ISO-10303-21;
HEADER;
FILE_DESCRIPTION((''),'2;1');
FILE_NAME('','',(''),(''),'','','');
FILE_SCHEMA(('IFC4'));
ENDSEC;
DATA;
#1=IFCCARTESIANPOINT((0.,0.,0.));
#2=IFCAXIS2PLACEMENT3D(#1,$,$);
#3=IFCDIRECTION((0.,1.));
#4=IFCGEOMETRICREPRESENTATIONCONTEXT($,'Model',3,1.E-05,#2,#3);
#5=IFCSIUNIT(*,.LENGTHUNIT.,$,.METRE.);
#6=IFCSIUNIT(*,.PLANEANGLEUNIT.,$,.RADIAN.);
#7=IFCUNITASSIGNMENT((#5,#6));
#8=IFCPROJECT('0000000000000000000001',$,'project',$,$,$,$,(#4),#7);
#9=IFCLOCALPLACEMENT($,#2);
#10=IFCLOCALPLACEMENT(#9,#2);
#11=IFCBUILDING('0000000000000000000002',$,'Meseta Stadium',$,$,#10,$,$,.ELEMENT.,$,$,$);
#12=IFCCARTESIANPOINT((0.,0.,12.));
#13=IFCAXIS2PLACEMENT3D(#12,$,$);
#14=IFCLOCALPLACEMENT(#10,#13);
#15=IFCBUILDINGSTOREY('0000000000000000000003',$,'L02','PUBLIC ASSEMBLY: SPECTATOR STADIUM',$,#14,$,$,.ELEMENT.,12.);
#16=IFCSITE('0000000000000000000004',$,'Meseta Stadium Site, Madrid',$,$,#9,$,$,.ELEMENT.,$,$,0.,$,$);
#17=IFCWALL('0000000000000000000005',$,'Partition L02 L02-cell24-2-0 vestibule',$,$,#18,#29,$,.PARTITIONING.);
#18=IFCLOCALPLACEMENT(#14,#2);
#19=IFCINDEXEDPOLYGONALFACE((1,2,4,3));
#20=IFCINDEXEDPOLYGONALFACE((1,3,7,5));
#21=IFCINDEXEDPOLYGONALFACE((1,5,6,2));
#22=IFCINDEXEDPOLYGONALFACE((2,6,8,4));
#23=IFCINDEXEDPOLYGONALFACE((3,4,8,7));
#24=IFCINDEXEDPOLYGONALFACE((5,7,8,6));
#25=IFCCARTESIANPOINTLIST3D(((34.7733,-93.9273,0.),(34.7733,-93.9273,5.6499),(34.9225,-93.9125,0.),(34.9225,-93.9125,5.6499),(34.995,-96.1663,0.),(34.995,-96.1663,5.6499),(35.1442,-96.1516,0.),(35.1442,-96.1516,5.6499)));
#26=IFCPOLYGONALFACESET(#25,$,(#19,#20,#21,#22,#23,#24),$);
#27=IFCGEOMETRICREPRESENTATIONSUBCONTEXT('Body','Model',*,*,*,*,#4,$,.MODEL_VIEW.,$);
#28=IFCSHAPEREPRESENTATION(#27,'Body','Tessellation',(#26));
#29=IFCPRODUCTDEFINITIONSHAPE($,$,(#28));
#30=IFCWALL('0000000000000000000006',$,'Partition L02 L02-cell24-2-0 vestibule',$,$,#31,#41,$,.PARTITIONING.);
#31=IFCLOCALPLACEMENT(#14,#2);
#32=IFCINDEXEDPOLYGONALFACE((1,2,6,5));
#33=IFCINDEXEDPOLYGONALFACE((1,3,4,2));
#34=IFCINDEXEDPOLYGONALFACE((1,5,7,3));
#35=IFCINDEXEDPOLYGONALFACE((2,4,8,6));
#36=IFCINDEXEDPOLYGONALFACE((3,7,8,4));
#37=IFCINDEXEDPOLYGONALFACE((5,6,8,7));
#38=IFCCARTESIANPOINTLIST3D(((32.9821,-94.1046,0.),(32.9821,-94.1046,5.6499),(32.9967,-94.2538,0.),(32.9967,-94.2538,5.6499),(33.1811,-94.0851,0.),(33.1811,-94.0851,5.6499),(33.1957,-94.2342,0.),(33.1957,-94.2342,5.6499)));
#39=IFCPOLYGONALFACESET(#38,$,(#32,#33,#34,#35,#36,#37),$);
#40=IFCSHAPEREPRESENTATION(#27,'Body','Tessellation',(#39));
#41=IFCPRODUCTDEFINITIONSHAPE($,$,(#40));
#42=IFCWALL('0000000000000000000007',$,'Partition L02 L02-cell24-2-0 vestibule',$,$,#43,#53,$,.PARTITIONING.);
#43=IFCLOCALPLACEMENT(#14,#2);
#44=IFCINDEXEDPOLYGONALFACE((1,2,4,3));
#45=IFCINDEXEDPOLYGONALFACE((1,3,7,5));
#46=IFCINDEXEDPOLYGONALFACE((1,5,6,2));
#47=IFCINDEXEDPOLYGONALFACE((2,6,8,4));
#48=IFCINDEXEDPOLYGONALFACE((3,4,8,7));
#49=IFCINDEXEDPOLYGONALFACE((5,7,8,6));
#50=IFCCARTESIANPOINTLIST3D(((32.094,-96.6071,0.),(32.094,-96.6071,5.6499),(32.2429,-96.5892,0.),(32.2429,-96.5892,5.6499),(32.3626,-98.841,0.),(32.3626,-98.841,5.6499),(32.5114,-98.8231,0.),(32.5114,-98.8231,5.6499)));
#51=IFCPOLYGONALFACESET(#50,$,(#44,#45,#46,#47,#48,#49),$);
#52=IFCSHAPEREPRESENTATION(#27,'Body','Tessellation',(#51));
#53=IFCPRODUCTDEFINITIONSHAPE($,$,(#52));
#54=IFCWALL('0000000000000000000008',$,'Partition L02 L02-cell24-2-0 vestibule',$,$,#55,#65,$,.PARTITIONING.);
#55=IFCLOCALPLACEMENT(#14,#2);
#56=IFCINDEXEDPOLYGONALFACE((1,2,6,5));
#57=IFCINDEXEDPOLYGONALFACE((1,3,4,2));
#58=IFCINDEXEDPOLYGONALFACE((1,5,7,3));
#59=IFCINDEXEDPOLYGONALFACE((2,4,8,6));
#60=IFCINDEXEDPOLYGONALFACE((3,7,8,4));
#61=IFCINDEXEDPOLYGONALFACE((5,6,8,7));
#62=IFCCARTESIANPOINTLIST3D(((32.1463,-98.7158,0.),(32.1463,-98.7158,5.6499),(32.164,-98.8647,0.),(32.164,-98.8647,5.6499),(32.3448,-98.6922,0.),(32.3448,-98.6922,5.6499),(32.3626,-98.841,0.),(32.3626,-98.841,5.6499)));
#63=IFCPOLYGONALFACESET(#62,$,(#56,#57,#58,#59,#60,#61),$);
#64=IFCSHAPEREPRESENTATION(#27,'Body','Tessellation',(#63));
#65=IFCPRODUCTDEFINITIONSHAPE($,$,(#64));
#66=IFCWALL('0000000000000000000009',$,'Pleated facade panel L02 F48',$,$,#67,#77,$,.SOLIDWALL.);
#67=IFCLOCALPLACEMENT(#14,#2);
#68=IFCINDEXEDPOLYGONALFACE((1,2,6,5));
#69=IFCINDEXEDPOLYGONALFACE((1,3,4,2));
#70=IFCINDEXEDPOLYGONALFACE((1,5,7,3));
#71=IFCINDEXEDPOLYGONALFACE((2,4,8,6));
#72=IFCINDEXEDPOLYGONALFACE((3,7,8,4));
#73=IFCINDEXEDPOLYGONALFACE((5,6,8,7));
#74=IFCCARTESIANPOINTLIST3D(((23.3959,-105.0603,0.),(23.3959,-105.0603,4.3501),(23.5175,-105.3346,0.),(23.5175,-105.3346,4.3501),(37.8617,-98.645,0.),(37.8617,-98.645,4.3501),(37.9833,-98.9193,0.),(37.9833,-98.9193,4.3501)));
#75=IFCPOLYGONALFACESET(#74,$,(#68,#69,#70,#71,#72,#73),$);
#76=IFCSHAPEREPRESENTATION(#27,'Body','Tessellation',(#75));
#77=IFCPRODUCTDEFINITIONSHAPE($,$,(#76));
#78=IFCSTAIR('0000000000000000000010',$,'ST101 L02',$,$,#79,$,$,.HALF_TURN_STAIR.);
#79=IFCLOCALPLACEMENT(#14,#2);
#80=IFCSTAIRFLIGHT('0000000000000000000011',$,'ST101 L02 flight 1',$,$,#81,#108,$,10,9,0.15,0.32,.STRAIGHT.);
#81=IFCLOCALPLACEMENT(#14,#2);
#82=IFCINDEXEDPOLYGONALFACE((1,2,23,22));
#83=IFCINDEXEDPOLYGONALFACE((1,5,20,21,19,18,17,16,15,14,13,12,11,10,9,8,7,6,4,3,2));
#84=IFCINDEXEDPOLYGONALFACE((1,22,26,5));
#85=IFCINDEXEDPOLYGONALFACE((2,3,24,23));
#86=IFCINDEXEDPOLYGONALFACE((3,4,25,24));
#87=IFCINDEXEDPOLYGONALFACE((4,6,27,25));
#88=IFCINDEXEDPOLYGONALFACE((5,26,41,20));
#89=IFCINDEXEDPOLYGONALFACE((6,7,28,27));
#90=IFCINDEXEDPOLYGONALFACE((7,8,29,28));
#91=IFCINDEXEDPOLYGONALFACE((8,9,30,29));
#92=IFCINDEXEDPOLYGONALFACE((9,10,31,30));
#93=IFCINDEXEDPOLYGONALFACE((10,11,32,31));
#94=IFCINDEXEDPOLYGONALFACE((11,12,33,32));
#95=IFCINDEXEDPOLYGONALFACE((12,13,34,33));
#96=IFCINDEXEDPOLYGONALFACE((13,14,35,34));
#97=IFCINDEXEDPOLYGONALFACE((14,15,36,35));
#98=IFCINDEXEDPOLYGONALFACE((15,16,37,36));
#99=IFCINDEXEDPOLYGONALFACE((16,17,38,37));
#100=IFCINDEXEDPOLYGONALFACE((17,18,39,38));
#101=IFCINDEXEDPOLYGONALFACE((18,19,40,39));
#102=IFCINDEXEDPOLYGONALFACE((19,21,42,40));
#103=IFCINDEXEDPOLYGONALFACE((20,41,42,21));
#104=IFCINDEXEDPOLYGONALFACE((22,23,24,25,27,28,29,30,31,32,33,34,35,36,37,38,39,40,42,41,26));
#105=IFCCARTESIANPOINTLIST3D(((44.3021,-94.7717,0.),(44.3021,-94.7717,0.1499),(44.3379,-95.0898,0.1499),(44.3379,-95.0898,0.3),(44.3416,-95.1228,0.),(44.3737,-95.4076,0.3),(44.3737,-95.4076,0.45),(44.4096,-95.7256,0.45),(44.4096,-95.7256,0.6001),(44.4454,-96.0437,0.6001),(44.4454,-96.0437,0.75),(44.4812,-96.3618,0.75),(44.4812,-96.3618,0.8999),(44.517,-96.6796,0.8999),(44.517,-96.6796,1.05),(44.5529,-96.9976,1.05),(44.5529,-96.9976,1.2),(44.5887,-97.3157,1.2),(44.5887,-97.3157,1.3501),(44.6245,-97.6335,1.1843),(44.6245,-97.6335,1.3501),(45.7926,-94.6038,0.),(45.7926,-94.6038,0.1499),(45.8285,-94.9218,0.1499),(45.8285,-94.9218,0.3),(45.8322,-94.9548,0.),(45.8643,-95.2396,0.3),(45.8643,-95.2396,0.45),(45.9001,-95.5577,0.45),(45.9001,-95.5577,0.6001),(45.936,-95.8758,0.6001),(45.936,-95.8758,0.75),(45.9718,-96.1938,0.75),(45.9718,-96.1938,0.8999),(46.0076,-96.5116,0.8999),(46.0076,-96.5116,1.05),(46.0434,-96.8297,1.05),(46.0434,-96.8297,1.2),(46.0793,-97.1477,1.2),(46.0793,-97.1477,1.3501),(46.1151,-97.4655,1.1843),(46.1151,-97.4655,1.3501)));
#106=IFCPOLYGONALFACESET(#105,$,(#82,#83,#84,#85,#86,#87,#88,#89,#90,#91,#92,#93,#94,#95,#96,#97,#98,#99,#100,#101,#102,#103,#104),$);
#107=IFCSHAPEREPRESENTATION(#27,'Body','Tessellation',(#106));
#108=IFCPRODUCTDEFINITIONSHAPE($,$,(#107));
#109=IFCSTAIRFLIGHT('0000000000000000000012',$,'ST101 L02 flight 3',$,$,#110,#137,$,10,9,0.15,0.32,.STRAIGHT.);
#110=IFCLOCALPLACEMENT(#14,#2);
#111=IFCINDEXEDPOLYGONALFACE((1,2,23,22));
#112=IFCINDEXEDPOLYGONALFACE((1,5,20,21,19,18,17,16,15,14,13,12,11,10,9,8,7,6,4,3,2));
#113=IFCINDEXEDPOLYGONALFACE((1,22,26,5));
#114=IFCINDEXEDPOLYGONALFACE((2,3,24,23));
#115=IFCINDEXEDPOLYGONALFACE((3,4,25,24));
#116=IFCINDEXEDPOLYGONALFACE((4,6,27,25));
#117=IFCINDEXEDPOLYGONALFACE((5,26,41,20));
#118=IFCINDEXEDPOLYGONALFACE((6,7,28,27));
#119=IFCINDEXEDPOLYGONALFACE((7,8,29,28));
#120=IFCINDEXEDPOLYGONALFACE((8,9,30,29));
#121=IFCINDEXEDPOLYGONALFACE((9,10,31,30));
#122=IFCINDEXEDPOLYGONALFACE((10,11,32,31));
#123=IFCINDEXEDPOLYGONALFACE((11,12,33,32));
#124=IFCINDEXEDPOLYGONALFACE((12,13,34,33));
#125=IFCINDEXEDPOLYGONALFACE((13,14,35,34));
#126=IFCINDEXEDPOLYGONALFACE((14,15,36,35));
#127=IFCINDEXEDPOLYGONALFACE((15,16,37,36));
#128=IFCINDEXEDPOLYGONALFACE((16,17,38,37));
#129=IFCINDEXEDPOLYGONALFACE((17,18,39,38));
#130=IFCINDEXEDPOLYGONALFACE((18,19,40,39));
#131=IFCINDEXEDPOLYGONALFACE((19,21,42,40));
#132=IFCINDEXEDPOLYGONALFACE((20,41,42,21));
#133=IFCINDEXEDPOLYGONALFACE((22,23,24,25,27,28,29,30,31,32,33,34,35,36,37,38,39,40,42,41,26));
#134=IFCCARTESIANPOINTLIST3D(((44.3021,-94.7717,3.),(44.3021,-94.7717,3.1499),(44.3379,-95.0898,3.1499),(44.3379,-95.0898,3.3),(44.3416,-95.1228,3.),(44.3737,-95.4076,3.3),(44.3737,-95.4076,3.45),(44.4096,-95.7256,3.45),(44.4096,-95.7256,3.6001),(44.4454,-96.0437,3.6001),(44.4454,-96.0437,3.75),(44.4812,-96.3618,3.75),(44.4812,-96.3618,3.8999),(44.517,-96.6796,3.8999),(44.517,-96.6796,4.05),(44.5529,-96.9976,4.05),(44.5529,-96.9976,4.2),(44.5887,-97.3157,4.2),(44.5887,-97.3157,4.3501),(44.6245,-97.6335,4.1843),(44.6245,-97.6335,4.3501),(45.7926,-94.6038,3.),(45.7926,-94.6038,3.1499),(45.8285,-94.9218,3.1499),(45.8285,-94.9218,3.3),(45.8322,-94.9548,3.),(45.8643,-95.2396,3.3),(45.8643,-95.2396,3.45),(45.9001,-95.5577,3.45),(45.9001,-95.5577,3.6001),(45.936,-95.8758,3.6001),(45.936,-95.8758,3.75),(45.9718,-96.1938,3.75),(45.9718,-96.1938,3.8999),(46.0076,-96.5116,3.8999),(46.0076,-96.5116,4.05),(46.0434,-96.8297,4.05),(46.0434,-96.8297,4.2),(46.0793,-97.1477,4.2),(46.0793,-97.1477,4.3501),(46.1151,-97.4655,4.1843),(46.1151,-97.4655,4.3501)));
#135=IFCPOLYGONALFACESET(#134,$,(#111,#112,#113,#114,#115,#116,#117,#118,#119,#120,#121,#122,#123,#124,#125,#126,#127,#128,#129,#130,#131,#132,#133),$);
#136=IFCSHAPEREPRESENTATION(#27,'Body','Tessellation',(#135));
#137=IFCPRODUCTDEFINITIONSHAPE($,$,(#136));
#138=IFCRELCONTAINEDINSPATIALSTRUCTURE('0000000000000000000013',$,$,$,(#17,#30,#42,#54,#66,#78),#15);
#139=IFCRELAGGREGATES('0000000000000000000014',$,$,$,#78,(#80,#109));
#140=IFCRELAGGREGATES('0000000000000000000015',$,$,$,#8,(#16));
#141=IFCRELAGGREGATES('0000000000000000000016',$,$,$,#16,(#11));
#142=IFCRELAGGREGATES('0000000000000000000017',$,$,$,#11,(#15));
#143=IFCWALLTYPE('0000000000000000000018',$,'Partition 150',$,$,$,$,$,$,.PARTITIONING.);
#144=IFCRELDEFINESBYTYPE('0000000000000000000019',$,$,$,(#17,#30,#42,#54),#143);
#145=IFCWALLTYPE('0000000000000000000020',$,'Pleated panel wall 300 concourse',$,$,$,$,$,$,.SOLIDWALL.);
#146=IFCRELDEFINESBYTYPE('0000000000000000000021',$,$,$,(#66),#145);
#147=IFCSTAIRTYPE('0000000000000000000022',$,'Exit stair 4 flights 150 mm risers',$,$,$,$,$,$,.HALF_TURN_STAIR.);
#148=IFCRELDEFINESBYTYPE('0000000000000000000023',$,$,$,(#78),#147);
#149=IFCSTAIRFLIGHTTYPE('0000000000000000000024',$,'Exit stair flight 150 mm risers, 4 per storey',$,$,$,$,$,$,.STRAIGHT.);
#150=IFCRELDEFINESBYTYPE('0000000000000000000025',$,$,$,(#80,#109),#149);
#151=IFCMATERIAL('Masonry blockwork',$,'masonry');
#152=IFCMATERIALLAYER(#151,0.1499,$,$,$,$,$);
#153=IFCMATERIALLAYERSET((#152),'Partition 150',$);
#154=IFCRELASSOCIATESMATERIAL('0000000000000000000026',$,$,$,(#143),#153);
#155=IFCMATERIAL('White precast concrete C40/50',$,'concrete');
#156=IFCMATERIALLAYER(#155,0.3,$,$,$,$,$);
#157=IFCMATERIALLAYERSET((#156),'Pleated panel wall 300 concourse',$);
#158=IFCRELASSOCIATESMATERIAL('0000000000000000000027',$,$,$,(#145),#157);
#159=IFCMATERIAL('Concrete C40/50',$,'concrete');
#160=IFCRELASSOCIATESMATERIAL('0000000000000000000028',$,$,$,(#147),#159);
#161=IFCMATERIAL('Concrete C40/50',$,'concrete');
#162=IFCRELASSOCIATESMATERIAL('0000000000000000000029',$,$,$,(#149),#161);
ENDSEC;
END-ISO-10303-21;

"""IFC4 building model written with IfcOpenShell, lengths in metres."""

from ifc_helpers import new_model, si_unit, direction, frame, frame_2d, origin, place, context, subcontext, project, spatial, polyline, rectangle, outline, extrude, material, layer, layer_set, type_object, element, aggregate, save


model = new_model("IFC4")

# Units and contexts
model_context = context("Model", 3, precision=1e-05, world=origin(), true_north=direction((0.0, 1.0)))
body_context = subcontext(model_context, "Body", "Model", "MODEL_VIEW")
ifc_project = project(units=[si_unit("LENGTHUNIT", "METRE"), si_unit("PLANEANGLEUNIT", "RADIAN")], contexts=[model_context])

# Site, building, storey
site_placement = place(None, origin())
site = spatial("IfcSite", under=ifc_project, at=site_placement, Name="Meseta Stadium Site, Madrid", CompositionType="ELEMENT", RefElevation=0.0)
building_placement = place(site_placement, origin())
building = spatial("IfcBuilding", under=site, at=building_placement, Name="Meseta Stadium", CompositionType="ELEMENT")
storey_placement = place(building_placement, frame((0.0, 0.0, 12.0)))
storey = spatial("IfcBuildingStorey", under=building, at=storey_placement, Name="L02", Description="PUBLIC ASSEMBLY: SPECTATOR STADIUM", CompositionType="ELEMENT", Elevation=12.0)

# Shared definitions
ifc_material_1 = material(Name="Masonry blockwork", Category="masonry")
ifc_layer_1 = layer(ifc_material_1, 0.1499)
ifc_layer_set_1 = layer_set([ifc_layer_1], Name="Partition 150")
wall_type_1 = type_object("IfcWallType", Name="Partition 150", PredefinedType="PARTITIONING", material=ifc_layer_set_1)

# Walls
for number, where, z_axis, x_axis, name in (
    (1, (35.0696, -96.1589, 0.0), (0.0, 0.0, 1.0), (-0.098526, 0.995134, 0.0), "Partition L02 L02-cell24-2-0 vestibule"),
):
    element("IfcWall", number, at=place(storey_placement, frame(where, z_axis=z_axis, x_axis=x_axis)), inside=storey, type_object=wall_type_1, Name=name, PredefinedType="PARTITIONING", context=body_context, shape_type="SweptSolid", body=[
        extrude(rectangle(XDim=2.25, YDim=0.1499, at=frame_2d((1.125, 0.0))), origin(), (0.0, 0.0, 1.0), 5.6499),
    ])
wall_1_placement = place(storey_placement, frame((32.9893, -94.1792, 0.0), z_axis=(0.0, 0.0, 1.0), x_axis=(0.995217, 0.09769, 0.0)))
element("IfcWall", 2, at=wall_1_placement, inside=storey, type_object=wall_type_1, Name="Partition L02 L02-cell24-2-0 vestibule", PredefinedType="PARTITIONING", context=body_context, shape_type="SweptSolid", body=[
    extrude(rectangle(XDim=0.2, YDim=0.1499, at=frame_2d((0.1001, 0.0))), origin(), (0.0, 0.0, 1.0), 5.6499),
])
wall_2_placement = place(storey_placement, frame((32.1685, -96.5981, 0.0), z_axis=(0.0, 0.0, 1.0), x_axis=(0.119359, -0.992851, 0.0)))
element("IfcWall", 3, at=wall_2_placement, inside=storey, type_object=wall_type_1, Name="Partition L02 L02-cell24-2-0 vestibule", PredefinedType="PARTITIONING", context=body_context, shape_type="SweptSolid", body=[
    extrude(rectangle(XDim=2.25, YDim=0.1499, at=frame_2d((1.125, 0.0))), origin(), (0.0, 0.0, 1.0), 5.6499),
])
wall_3_placement = place(storey_placement, frame((32.155, -98.7903, 0.0), z_axis=(0.0, 0.0, 1.0), x_axis=(0.992958, 0.118471, 0.0)))
element("IfcWall", 4, at=wall_3_placement, inside=storey, type_object=wall_type_1, Name="Partition L02 L02-cell24-2-0 vestibule", PredefinedType="PARTITIONING", context=body_context, shape_type="SweptSolid", body=[
    extrude(rectangle(XDim=0.2, YDim=0.1499, at=frame_2d((0.1001, 0.0))), origin(), (0.0, 0.0, 1.0), 5.6499),
])
ifc_material_2 = material(Name="White precast concrete C40/50", Category="concrete")
ifc_layer_2 = layer(ifc_material_2, 0.3)
ifc_layer_set_2 = layer_set([ifc_layer_2], Name="Pleated panel wall 300 concourse")
wall_type_2 = type_object("IfcWallType", Name="Pleated panel wall 300 concourse", PredefinedType="SOLIDWALL", material=ifc_layer_set_2)
wall_4_placement = place(storey_placement, frame((37.9224, -98.7822, 0.0), z_axis=(0.0, 0.0, 1.0), x_axis=(-0.914139, -0.405401, 0.0)))
element("IfcWall", 5, at=wall_4_placement, inside=storey, type_object=wall_type_2, Name="Pleated facade panel L02 F48", PredefinedType="SOLIDWALL", context=body_context, shape_type="SweptSolid", body=[
    extrude(rectangle(XDim=15.8245, YDim=0.3, at=frame_2d((7.9121, 0.0))), origin(), (0.0, 0.0, 1.0), 4.3501),
])

# Stair, stair flights
ifc_material_3 = material(Name="Concrete C40/50", Category="concrete")
stair_type = type_object("IfcStairType", Name="Exit stair 4 flights 150 mm risers", PredefinedType="HALF_TURN_STAIR", material=ifc_material_3)
stair_placement = place(storey_placement, origin())
stair = element("IfcStair", 6, at=stair_placement, inside=storey, type_object=stair_type, Name="ST101 L02", PredefinedType="HALF_TURN_STAIR")
ifc_material_4 = material(Name="Concrete C40/50", Category="concrete")
stair_flight_type = type_object("IfcStairFlightType", Name="Exit stair flight 150 mm risers, 4 per storey", PredefinedType="STRAIGHT", material=ifc_material_4)
stair_flight_1_placement = place(storey_placement, frame((45.0474, -94.6877, 0.0), z_axis=(0.0, 0.0, 1.0), x_axis=(0.111964, -0.993712, 0.0)))
stair_flight_1 = element("IfcStairFlight", 7, at=stair_flight_1_placement, type_object=stair_flight_type, Name="ST101 L02 flight 1", NumberOfRisers=10, NumberOfTreads=9, PredefinedType="STRAIGHT", RiserHeight=0.15, TreadLength=0.32, context=body_context, shape_type="SweptSolid", body=[
    extrude(outline(polyline([(0.0, 0.0), (0.0, 0.1499), (0.3201, 0.1499), (0.3201, 0.3), (0.6399, 0.3), (0.6399, 0.45), (0.96, 0.45), (0.96, 0.6001), (1.28, 0.6001), (1.28, 0.75), (1.6001, 0.75), (1.6001, 0.8999), (1.9199, 0.8999), (1.9199, 1.05), (2.24, 1.05), (2.24, 1.2), (2.5601, 1.2), (2.5601, 1.3501), (2.8799, 1.3501), (2.8799, 1.1843), (0.3533, 0.0), (0.0, 0.0)])), frame((0.0, 0.75, 0.0), z_axis=(0.0, -1.0, 0.0), x_axis=(1.0, 0.0, 0.0)), (0.0, 0.0, 1.0), 1.5),
])
stair_flight_2_placement = place(storey_placement, frame((45.0474, -94.6877, 3.0), z_axis=(0.0, 0.0, 1.0), x_axis=(0.111964, -0.993712, 0.0)))
stair_flight_2 = element("IfcStairFlight", 8, at=stair_flight_2_placement, type_object=stair_flight_type, Name="ST101 L02 flight 3", NumberOfRisers=10, NumberOfTreads=9, PredefinedType="STRAIGHT", RiserHeight=0.15, TreadLength=0.32, context=body_context, shape_type="SweptSolid", body=[
    extrude(outline(polyline([(0.0, 0.0), (0.0, 0.1499), (0.3201, 0.1499), (0.3201, 0.3), (0.6399, 0.3), (0.6399, 0.45), (0.96, 0.45), (0.96, 0.6001), (1.28, 0.6001), (1.28, 0.75), (1.6001, 0.75), (1.6001, 0.8999), (1.9199, 0.8999), (1.9199, 1.05), (2.24, 1.05), (2.24, 1.2), (2.5601, 1.2), (2.5601, 1.3501), (2.8799, 1.3501), (2.8799, 1.1843), (0.3533, 0.0), (0.0, 0.0)])), frame((0.0, 0.75, 0.0), z_axis=(0.0, -1.0, 0.0), x_axis=(1.0, 0.0, 0.0)), (0.0, 0.0, 1.0), 1.5),
])
aggregate(stair, [stair_flight_1, stair_flight_2])

save(model, "model.ifc")
